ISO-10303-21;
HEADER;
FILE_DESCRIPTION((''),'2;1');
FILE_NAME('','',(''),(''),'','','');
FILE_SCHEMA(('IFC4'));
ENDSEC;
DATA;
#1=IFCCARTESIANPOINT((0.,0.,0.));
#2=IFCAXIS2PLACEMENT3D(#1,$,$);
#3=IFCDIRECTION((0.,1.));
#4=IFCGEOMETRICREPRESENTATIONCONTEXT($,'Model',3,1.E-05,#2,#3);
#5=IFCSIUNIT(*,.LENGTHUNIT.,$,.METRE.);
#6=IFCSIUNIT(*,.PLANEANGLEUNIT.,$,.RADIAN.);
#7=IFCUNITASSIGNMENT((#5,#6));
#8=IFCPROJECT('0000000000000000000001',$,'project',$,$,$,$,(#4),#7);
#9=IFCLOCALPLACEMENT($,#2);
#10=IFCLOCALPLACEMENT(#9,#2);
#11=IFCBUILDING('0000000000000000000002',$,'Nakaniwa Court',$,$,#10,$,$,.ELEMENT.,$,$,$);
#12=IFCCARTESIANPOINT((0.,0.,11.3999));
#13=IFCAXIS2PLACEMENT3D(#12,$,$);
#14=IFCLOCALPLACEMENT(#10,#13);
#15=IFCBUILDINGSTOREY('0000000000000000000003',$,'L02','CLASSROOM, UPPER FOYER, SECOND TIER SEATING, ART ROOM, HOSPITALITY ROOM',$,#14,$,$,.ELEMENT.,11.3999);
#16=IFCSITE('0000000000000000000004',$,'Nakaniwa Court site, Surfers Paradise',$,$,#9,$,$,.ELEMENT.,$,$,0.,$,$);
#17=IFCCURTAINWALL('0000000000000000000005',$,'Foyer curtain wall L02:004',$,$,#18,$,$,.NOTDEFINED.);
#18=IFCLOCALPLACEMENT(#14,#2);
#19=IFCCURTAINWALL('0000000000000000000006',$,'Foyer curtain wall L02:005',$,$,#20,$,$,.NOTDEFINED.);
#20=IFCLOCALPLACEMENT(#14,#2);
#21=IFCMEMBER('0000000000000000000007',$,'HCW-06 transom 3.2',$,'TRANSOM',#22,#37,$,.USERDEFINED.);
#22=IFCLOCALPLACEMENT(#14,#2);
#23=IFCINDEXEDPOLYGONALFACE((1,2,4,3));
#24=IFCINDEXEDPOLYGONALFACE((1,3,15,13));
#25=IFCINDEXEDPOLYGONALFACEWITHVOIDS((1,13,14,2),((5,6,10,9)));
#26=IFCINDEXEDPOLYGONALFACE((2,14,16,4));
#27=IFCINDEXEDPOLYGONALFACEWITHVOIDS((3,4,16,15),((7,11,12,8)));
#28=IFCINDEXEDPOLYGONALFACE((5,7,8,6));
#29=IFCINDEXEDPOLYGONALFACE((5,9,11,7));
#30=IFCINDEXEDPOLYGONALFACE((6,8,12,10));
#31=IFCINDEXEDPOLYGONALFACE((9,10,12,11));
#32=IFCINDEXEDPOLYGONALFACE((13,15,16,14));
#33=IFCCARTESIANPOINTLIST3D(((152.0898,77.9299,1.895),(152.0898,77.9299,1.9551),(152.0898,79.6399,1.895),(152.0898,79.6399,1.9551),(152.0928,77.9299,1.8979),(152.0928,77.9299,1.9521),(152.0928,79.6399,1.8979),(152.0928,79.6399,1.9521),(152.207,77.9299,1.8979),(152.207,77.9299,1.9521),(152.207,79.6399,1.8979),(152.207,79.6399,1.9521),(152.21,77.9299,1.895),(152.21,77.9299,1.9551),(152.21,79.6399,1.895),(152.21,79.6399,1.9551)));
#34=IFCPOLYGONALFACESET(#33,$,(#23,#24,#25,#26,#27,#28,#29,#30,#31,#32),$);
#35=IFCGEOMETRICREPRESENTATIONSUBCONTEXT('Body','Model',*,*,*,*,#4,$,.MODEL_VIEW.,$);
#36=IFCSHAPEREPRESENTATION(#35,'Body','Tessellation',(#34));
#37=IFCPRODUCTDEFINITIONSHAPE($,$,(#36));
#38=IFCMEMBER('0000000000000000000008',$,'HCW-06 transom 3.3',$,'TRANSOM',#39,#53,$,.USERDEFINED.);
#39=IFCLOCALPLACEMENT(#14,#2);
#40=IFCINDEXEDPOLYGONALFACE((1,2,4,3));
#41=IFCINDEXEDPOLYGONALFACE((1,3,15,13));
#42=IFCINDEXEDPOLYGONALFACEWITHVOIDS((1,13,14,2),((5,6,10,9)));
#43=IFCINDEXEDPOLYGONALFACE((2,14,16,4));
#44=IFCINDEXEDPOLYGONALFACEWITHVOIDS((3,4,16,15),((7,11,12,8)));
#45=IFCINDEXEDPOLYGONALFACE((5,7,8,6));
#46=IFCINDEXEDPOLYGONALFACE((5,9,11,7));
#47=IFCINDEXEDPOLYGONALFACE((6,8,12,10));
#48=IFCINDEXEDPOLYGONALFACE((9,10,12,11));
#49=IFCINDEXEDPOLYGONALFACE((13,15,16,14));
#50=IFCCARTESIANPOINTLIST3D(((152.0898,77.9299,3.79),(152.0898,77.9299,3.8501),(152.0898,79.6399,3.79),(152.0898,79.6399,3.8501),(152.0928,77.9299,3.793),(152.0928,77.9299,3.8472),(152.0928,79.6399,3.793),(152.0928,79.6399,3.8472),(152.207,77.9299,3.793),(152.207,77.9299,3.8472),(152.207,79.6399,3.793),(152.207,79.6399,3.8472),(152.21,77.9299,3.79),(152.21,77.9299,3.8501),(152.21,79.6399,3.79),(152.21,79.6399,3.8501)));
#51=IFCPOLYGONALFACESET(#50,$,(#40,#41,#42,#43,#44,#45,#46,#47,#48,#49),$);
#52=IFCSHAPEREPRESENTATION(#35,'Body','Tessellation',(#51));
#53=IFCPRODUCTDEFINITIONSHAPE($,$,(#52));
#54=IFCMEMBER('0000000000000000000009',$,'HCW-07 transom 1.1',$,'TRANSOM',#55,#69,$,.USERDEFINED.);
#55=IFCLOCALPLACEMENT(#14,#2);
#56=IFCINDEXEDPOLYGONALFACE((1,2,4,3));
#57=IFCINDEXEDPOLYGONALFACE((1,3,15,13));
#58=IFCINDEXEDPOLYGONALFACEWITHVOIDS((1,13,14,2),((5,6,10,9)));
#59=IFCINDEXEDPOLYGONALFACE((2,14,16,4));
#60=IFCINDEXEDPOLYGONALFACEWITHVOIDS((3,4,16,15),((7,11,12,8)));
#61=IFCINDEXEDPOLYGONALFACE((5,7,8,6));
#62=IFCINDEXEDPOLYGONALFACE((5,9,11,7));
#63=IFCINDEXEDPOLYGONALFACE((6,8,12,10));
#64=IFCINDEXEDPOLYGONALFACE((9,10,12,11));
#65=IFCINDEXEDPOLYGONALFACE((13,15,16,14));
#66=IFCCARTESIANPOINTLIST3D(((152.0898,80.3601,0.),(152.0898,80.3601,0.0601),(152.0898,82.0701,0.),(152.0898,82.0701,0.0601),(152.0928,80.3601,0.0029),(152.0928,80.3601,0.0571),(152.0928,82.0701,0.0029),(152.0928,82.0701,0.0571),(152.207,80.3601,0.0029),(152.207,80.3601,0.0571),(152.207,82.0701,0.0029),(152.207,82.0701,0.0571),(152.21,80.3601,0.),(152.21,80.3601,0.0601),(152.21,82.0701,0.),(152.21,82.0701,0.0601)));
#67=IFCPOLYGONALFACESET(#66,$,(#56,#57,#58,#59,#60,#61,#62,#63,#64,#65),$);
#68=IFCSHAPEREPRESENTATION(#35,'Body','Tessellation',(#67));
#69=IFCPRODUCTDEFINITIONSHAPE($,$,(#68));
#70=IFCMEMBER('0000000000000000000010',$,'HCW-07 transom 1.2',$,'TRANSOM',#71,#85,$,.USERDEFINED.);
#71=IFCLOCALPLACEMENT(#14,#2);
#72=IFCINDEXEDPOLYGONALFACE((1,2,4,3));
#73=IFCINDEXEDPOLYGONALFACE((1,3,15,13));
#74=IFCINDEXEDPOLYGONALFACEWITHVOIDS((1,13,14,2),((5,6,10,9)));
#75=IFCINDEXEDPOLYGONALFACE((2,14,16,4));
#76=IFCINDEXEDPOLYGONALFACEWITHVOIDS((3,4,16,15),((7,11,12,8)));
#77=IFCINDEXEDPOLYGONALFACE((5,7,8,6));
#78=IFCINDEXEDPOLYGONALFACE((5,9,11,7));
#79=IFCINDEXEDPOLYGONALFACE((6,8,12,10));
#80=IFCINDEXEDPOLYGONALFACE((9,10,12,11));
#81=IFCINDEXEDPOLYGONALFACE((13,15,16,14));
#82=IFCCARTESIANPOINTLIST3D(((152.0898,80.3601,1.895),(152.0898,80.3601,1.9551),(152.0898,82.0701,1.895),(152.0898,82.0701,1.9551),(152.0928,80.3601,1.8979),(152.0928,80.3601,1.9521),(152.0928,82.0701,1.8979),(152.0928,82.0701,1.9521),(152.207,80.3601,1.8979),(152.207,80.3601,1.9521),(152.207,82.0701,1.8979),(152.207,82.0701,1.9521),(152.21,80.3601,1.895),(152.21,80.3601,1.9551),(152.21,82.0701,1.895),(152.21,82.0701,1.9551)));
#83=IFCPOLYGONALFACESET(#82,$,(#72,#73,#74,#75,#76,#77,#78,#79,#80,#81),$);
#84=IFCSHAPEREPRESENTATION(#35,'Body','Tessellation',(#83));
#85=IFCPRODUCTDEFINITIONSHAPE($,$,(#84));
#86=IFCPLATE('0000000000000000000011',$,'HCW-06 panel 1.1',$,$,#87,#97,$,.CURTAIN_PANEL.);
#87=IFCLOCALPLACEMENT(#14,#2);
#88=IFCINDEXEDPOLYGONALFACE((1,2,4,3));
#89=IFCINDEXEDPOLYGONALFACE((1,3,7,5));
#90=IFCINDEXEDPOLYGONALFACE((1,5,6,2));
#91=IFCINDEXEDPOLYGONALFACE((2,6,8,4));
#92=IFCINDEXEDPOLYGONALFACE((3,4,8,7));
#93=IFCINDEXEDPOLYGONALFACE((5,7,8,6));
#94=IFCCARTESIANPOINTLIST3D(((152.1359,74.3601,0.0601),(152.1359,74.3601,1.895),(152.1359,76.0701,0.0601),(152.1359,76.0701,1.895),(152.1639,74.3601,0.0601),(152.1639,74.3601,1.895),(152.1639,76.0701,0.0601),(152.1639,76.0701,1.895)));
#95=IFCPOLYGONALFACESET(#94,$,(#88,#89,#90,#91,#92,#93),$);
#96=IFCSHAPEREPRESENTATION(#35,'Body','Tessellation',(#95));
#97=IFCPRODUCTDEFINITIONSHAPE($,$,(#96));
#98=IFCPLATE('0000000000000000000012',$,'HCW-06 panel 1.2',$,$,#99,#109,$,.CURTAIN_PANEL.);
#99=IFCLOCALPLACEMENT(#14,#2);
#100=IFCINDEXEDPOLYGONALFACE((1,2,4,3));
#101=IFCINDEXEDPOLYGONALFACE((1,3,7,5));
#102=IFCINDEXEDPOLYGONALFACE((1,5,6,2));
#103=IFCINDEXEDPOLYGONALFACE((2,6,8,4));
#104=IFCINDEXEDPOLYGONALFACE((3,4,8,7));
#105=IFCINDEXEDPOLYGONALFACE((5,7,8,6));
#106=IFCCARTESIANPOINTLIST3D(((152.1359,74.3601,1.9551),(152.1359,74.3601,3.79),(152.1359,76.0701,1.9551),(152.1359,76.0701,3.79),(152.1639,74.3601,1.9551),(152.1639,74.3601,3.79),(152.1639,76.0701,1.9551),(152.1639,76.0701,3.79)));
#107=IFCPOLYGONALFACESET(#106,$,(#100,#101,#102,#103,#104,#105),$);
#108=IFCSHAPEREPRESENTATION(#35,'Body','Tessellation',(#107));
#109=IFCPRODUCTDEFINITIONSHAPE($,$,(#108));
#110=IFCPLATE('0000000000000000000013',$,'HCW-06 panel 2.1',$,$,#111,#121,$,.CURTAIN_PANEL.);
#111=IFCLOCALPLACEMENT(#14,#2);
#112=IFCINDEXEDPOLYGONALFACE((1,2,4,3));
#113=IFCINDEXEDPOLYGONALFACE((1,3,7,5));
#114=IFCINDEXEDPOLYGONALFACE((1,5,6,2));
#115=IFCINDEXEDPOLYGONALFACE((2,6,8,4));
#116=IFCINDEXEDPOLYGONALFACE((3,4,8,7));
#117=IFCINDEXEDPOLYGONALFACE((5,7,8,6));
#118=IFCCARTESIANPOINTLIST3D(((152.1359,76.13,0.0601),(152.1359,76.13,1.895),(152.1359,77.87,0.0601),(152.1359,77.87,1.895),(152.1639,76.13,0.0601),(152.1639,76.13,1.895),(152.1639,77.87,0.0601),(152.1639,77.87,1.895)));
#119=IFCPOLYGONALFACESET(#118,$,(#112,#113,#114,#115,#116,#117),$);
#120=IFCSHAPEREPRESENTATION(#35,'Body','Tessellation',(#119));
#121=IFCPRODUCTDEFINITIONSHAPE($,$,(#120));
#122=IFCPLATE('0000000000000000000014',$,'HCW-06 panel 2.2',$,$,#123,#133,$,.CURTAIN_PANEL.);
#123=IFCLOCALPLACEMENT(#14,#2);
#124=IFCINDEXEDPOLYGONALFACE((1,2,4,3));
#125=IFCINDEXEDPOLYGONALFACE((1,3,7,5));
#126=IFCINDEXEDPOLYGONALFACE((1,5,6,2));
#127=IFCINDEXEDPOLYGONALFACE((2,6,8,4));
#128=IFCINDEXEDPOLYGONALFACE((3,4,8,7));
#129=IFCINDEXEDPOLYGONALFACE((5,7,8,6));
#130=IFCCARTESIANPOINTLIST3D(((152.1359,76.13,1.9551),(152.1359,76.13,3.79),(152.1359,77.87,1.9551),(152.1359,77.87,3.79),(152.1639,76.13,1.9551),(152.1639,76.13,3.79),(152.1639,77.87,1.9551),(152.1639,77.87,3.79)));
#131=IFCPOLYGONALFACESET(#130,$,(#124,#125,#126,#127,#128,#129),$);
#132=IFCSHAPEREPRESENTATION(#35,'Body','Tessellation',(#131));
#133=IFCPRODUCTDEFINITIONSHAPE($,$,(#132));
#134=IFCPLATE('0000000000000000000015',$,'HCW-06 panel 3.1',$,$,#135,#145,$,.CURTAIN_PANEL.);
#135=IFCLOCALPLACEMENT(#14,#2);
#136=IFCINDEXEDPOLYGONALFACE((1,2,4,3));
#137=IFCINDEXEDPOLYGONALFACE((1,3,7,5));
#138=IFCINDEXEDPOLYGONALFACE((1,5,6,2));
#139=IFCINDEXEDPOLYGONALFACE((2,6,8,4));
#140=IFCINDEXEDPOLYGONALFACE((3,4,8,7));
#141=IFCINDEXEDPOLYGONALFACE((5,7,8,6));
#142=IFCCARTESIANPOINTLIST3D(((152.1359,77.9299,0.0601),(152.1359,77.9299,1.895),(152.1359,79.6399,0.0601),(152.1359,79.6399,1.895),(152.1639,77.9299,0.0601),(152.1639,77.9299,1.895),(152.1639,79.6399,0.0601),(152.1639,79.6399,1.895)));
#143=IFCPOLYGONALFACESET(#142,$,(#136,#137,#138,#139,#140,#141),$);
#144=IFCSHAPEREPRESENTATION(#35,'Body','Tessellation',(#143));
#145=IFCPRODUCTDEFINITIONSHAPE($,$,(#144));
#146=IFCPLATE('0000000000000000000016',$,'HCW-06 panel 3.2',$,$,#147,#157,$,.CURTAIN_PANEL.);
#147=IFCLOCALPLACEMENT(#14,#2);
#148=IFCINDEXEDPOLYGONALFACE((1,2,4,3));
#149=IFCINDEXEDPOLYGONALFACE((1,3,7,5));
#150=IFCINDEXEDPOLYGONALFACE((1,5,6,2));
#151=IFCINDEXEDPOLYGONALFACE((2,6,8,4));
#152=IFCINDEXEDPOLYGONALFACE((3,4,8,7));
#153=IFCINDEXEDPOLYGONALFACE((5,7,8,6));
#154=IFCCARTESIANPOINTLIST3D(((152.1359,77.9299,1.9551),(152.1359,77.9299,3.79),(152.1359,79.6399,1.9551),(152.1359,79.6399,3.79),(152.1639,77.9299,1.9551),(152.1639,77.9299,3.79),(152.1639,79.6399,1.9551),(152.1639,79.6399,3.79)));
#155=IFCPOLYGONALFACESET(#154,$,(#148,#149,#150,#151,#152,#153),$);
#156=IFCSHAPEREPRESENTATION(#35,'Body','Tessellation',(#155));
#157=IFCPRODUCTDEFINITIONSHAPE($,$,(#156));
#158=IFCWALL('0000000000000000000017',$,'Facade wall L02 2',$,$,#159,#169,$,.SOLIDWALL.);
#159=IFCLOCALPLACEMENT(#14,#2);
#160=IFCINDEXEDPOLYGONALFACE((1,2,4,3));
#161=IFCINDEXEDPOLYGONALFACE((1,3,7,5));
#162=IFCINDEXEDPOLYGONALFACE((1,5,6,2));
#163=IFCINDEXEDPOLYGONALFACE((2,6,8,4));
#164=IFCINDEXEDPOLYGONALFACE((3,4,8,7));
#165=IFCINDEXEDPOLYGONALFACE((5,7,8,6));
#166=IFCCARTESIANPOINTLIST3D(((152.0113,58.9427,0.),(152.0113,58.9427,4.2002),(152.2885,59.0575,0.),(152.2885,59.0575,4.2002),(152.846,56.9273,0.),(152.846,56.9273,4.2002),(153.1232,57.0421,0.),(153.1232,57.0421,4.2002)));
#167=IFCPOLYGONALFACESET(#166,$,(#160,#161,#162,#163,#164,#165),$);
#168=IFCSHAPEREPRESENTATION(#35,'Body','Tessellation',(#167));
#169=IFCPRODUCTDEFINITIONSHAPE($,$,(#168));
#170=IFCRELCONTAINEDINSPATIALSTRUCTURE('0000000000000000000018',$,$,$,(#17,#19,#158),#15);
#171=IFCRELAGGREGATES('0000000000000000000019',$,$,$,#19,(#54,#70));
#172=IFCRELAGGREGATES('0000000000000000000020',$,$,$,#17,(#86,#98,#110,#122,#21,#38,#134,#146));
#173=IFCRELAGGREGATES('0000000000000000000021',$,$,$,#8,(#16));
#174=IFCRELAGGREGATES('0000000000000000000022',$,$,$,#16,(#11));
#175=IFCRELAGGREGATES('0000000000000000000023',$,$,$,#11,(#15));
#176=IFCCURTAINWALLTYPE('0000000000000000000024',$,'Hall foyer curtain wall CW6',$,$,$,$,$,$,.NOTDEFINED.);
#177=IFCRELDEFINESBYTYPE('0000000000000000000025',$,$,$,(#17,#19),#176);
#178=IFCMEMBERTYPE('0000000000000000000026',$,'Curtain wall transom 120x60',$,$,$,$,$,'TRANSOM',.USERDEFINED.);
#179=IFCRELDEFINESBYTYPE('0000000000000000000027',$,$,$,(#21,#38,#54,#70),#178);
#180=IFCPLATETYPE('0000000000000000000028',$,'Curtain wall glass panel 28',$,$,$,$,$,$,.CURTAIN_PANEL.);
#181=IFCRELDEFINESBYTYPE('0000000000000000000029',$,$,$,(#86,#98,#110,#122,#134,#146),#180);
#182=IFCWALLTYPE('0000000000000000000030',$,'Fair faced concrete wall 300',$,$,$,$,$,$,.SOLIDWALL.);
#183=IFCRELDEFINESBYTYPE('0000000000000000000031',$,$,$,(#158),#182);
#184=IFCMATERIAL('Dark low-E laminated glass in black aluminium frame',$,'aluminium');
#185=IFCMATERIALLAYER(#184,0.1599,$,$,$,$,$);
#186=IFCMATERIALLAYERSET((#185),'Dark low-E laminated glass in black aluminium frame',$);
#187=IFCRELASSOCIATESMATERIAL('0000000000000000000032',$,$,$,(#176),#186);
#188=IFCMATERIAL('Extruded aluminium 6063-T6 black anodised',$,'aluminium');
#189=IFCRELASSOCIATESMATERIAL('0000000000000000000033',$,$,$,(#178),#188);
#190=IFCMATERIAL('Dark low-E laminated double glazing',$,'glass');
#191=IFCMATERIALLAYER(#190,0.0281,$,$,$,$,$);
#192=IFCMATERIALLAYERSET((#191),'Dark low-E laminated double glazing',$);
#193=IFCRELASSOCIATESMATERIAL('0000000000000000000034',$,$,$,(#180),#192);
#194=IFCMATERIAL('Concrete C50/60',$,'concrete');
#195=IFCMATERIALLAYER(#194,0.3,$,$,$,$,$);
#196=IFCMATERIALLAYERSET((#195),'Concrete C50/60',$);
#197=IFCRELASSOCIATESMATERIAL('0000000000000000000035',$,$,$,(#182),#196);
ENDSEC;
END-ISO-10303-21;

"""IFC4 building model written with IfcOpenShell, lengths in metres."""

from ifc_helpers import new_model, si_unit, direction, frame, frame_2d, origin, origin_2d, place, context, subcontext, project, spatial, rectangle, hollow_rectangle, extrude, material, layer, layer_set, material_profile, profile_set, type_object, element, aggregate, save


model = new_model("IFC4")

# Units and contexts
model_context = context("Model", 3, precision=1e-05, world=origin(), true_north=direction((0.0, 1.0)))
body_context = subcontext(model_context, "Body", "Model", "MODEL_VIEW")
ifc_project = project(units=[si_unit("LENGTHUNIT", "METRE"), si_unit("PLANEANGLEUNIT", "RADIAN")], contexts=[model_context])

# Site, building, storey
site_placement = place(None, origin())
site = spatial("IfcSite", under=ifc_project, at=site_placement, Name="Nakaniwa Court site, Surfers Paradise", CompositionType="ELEMENT", RefElevation=0.0)
building_placement = place(site_placement, origin())
building = spatial("IfcBuilding", under=site, at=building_placement, Name="Nakaniwa Court", CompositionType="ELEMENT")
storey_placement = place(building_placement, frame((0.0, 0.0, 11.3999)))
storey = spatial("IfcBuildingStorey", under=building, at=storey_placement, Name="L02", Description="CLASSROOM, UPPER FOYER, SECOND TIER SEATING, ART ROOM, HOSPITALITY ROOM", CompositionType="ELEMENT", Elevation=11.3999)

# Shared definitions
ifc_material_1 = material(Name="Concrete C50/60", Category="concrete")

# Curtain wall
ifc_material_2 = material(Name="Dark low-E laminated glass in black aluminium frame", Category="aluminium")
ifc_layer_1 = layer(ifc_material_2, 0.1599)
ifc_layer_set_1 = layer_set([ifc_layer_1], Name="Dark low-E laminated glass in black aluminium frame")
curtain_wall_type = type_object("IfcCurtainWallType", Name="Hall foyer curtain wall CW6", PredefinedType="NOTDEFINED", material=ifc_layer_set_1)
curtain_wall_1_placement = place(storey_placement, origin())
curtain_wall_1 = element("IfcCurtainWall", 1, at=curtain_wall_1_placement, inside=storey, type_object=curtain_wall_type, Name="Foyer curtain wall L02:004", PredefinedType="NOTDEFINED")
ifc_material_3 = material(Name="Extruded aluminium 6063-T6 black anodised", Category="aluminium")

# Curtain wall
curtain_wall_2_placement = place(storey_placement, origin())
curtain_wall_2 = element("IfcCurtainWall", 2, at=curtain_wall_2_placement, inside=storey, type_object=curtain_wall_type, Name="Foyer curtain wall L02:005", PredefinedType="NOTDEFINED")

# Members
ifc_material_profile_1 = material_profile(ifc_material_3, hollow_rectangle(XDim=0.1201, YDim=0.0601, WallThickness=0.0029, at=origin_2d()), Name="CW transom 120x60")
ifc_profile_set_1 = profile_set([ifc_material_profile_1], Name="Extruded aluminium 6063-T6 black anodised")
member_type_1 = type_object("IfcMemberType", Name="Curtain wall transom 120x60", ElementType="TRANSOM", PredefinedType="USERDEFINED", material=ifc_profile_set_1)
member_1_placement = place(storey_placement, frame((152.1499, 77.9299, 1.925), z_axis=(0.0, 1.0, 0.0), x_axis=(-1.0, 0.0, 0.0)))
member_1 = element("IfcMember", 3, at=member_1_placement, type_object=member_type_1, Name="HCW-06 transom 3.2", ObjectType="TRANSOM", PredefinedType="USERDEFINED", context=body_context, shape_type="SweptSolid", body=[
    extrude(hollow_rectangle(XDim=0.1201, YDim=0.0601, WallThickness=0.0029, at=origin_2d()), origin(), (0.0, 0.0, 1.0), 1.71),
])
member_2_placement = place(storey_placement, frame((152.1499, 77.9299, 3.8201), z_axis=(0.0, 1.0, 0.0), x_axis=(-1.0, 0.0, 0.0)))
member_2 = element("IfcMember", 4, at=member_2_placement, type_object=member_type_1, Name="HCW-06 transom 3.3", ObjectType="TRANSOM", PredefinedType="USERDEFINED", context=body_context, shape_type="SweptSolid", body=[
    extrude(hollow_rectangle(XDim=0.1201, YDim=0.0601, WallThickness=0.0029, at=origin_2d()), origin(), (0.0, 0.0, 1.0), 1.71),
])
member_3_placement = place(storey_placement, frame((152.1499, 80.3601, 0.03), z_axis=(0.0, 1.0, 0.0), x_axis=(-1.0, 0.0, 0.0)))
member_3 = element("IfcMember", 5, at=member_3_placement, type_object=member_type_1, Name="HCW-07 transom 1.1", ObjectType="TRANSOM", PredefinedType="USERDEFINED", context=body_context, shape_type="SweptSolid", body=[
    extrude(hollow_rectangle(XDim=0.1201, YDim=0.0601, WallThickness=0.0029, at=origin_2d()), origin(), (0.0, 0.0, 1.0), 1.71),
])
member_4_placement = place(storey_placement, frame((152.1499, 80.3601, 1.925), z_axis=(0.0, 1.0, 0.0), x_axis=(-1.0, 0.0, 0.0)))
member_4 = element("IfcMember", 6, at=member_4_placement, type_object=member_type_1, Name="HCW-07 transom 1.2", ObjectType="TRANSOM", PredefinedType="USERDEFINED", context=body_context, shape_type="SweptSolid", body=[
    extrude(hollow_rectangle(XDim=0.1201, YDim=0.0601, WallThickness=0.0029, at=origin_2d()), origin(), (0.0, 0.0, 1.0), 1.71),
])
aggregate(curtain_wall_2, [member_3, member_4])

# Plates
ifc_material_4 = material(Name="Dark low-E laminated double glazing", Category="glass")
ifc_layer_2 = layer(ifc_material_4, 0.0281)
ifc_layer_set_2 = layer_set([ifc_layer_2], Name="Dark low-E laminated double glazing")
plate_type = type_object("IfcPlateType", Name="Curtain wall glass panel 28", PredefinedType="CURTAIN_PANEL", material=ifc_layer_set_2)
plate_1_placement = place(storey_placement, frame((152.1499, 75.2151, 0.0601), z_axis=(0.0, 0.0, 1.0), x_axis=(0.0, 1.0, 0.0)))
plate_1 = element("IfcPlate", 7, at=plate_1_placement, type_object=plate_type, Name="HCW-06 panel 1.1", PredefinedType="CURTAIN_PANEL", context=body_context, shape_type="SweptSolid", body=[
    extrude(rectangle(XDim=1.71, YDim=0.0281, at=origin_2d()), origin(), (0.0, 0.0, 1.0), 1.835),
])
plate_2_placement = place(storey_placement, frame((152.1499, 75.2151, 1.9551), z_axis=(0.0, 0.0, 1.0), x_axis=(0.0, 1.0, 0.0)))
plate_2 = element("IfcPlate", 8, at=plate_2_placement, type_object=plate_type, Name="HCW-06 panel 1.2", PredefinedType="CURTAIN_PANEL", context=body_context, shape_type="SweptSolid", body=[
    extrude(rectangle(XDim=1.71, YDim=0.0281, at=origin_2d()), origin(), (0.0, 0.0, 1.0), 1.835),
])
plate_3_placement = place(storey_placement, frame((152.1499, 77.0, 0.0601), z_axis=(0.0, 0.0, 1.0), x_axis=(0.0, 1.0, 0.0)))
plate_3 = element("IfcPlate", 9, at=plate_3_placement, type_object=plate_type, Name="HCW-06 panel 2.1", PredefinedType="CURTAIN_PANEL", context=body_context, shape_type="SweptSolid", body=[
    extrude(rectangle(XDim=1.74, YDim=0.0281, at=origin_2d()), origin(), (0.0, 0.0, 1.0), 1.835),
])
plate_4_placement = place(storey_placement, frame((152.1499, 77.0, 1.9551), z_axis=(0.0, 0.0, 1.0), x_axis=(0.0, 1.0, 0.0)))
plate_4 = element("IfcPlate", 10, at=plate_4_placement, type_object=plate_type, Name="HCW-06 panel 2.2", PredefinedType="CURTAIN_PANEL", context=body_context, shape_type="SweptSolid", body=[
    extrude(rectangle(XDim=1.74, YDim=0.0281, at=origin_2d()), origin(), (0.0, 0.0, 1.0), 1.835),
])
plate_5_placement = place(storey_placement, frame((152.1499, 78.7849, 0.0601), z_axis=(0.0, 0.0, 1.0), x_axis=(0.0, 1.0, 0.0)))
plate_5 = element("IfcPlate", 11, at=plate_5_placement, type_object=plate_type, Name="HCW-06 panel 3.1", PredefinedType="CURTAIN_PANEL", context=body_context, shape_type="SweptSolid", body=[
    extrude(rectangle(XDim=1.71, YDim=0.0281, at=origin_2d()), origin(), (0.0, 0.0, 1.0), 1.835),
])
plate_6_placement = place(storey_placement, frame((152.1499, 78.7849, 1.9551), z_axis=(0.0, 0.0, 1.0), x_axis=(0.0, 1.0, 0.0)))
plate_6 = element("IfcPlate", 12, at=plate_6_placement, type_object=plate_type, Name="HCW-06 panel 3.2", PredefinedType="CURTAIN_PANEL", context=body_context, shape_type="SweptSolid", body=[
    extrude(rectangle(XDim=1.71, YDim=0.0281, at=origin_2d()), origin(), (0.0, 0.0, 1.0), 1.835),
])
aggregate(curtain_wall_1, [plate_1, plate_2, plate_3, plate_4, member_1, member_2, plate_5, plate_6])

# Wall
ifc_layer_3 = layer(ifc_material_1, 0.3)
ifc_layer_set_3 = layer_set([ifc_layer_3], Name="Concrete C50/60")
wall_type = type_object("IfcWallType", Name="Fair faced concrete wall 300", PredefinedType="SOLIDWALL", material=ifc_layer_set_3)
wall_placement = place(storey_placement, frame((152.9846, 56.9846, 0.0), z_axis=(0.0, 0.0, 1.0), x_axis=(-0.382652, 0.923893, 0.0)))
element("IfcWall", 13, at=wall_placement, inside=storey, type_object=wall_type, Name="Facade wall L02 2", PredefinedType="SOLIDWALL", context=body_context, shape_type="SweptSolid", body=[
    extrude(rectangle(XDim=2.1814, YDim=0.3, at=frame_2d((1.0908, 0.0))), origin(), (0.0, 0.0, 1.0), 4.2002),
])

save(model, "model.ifc")
